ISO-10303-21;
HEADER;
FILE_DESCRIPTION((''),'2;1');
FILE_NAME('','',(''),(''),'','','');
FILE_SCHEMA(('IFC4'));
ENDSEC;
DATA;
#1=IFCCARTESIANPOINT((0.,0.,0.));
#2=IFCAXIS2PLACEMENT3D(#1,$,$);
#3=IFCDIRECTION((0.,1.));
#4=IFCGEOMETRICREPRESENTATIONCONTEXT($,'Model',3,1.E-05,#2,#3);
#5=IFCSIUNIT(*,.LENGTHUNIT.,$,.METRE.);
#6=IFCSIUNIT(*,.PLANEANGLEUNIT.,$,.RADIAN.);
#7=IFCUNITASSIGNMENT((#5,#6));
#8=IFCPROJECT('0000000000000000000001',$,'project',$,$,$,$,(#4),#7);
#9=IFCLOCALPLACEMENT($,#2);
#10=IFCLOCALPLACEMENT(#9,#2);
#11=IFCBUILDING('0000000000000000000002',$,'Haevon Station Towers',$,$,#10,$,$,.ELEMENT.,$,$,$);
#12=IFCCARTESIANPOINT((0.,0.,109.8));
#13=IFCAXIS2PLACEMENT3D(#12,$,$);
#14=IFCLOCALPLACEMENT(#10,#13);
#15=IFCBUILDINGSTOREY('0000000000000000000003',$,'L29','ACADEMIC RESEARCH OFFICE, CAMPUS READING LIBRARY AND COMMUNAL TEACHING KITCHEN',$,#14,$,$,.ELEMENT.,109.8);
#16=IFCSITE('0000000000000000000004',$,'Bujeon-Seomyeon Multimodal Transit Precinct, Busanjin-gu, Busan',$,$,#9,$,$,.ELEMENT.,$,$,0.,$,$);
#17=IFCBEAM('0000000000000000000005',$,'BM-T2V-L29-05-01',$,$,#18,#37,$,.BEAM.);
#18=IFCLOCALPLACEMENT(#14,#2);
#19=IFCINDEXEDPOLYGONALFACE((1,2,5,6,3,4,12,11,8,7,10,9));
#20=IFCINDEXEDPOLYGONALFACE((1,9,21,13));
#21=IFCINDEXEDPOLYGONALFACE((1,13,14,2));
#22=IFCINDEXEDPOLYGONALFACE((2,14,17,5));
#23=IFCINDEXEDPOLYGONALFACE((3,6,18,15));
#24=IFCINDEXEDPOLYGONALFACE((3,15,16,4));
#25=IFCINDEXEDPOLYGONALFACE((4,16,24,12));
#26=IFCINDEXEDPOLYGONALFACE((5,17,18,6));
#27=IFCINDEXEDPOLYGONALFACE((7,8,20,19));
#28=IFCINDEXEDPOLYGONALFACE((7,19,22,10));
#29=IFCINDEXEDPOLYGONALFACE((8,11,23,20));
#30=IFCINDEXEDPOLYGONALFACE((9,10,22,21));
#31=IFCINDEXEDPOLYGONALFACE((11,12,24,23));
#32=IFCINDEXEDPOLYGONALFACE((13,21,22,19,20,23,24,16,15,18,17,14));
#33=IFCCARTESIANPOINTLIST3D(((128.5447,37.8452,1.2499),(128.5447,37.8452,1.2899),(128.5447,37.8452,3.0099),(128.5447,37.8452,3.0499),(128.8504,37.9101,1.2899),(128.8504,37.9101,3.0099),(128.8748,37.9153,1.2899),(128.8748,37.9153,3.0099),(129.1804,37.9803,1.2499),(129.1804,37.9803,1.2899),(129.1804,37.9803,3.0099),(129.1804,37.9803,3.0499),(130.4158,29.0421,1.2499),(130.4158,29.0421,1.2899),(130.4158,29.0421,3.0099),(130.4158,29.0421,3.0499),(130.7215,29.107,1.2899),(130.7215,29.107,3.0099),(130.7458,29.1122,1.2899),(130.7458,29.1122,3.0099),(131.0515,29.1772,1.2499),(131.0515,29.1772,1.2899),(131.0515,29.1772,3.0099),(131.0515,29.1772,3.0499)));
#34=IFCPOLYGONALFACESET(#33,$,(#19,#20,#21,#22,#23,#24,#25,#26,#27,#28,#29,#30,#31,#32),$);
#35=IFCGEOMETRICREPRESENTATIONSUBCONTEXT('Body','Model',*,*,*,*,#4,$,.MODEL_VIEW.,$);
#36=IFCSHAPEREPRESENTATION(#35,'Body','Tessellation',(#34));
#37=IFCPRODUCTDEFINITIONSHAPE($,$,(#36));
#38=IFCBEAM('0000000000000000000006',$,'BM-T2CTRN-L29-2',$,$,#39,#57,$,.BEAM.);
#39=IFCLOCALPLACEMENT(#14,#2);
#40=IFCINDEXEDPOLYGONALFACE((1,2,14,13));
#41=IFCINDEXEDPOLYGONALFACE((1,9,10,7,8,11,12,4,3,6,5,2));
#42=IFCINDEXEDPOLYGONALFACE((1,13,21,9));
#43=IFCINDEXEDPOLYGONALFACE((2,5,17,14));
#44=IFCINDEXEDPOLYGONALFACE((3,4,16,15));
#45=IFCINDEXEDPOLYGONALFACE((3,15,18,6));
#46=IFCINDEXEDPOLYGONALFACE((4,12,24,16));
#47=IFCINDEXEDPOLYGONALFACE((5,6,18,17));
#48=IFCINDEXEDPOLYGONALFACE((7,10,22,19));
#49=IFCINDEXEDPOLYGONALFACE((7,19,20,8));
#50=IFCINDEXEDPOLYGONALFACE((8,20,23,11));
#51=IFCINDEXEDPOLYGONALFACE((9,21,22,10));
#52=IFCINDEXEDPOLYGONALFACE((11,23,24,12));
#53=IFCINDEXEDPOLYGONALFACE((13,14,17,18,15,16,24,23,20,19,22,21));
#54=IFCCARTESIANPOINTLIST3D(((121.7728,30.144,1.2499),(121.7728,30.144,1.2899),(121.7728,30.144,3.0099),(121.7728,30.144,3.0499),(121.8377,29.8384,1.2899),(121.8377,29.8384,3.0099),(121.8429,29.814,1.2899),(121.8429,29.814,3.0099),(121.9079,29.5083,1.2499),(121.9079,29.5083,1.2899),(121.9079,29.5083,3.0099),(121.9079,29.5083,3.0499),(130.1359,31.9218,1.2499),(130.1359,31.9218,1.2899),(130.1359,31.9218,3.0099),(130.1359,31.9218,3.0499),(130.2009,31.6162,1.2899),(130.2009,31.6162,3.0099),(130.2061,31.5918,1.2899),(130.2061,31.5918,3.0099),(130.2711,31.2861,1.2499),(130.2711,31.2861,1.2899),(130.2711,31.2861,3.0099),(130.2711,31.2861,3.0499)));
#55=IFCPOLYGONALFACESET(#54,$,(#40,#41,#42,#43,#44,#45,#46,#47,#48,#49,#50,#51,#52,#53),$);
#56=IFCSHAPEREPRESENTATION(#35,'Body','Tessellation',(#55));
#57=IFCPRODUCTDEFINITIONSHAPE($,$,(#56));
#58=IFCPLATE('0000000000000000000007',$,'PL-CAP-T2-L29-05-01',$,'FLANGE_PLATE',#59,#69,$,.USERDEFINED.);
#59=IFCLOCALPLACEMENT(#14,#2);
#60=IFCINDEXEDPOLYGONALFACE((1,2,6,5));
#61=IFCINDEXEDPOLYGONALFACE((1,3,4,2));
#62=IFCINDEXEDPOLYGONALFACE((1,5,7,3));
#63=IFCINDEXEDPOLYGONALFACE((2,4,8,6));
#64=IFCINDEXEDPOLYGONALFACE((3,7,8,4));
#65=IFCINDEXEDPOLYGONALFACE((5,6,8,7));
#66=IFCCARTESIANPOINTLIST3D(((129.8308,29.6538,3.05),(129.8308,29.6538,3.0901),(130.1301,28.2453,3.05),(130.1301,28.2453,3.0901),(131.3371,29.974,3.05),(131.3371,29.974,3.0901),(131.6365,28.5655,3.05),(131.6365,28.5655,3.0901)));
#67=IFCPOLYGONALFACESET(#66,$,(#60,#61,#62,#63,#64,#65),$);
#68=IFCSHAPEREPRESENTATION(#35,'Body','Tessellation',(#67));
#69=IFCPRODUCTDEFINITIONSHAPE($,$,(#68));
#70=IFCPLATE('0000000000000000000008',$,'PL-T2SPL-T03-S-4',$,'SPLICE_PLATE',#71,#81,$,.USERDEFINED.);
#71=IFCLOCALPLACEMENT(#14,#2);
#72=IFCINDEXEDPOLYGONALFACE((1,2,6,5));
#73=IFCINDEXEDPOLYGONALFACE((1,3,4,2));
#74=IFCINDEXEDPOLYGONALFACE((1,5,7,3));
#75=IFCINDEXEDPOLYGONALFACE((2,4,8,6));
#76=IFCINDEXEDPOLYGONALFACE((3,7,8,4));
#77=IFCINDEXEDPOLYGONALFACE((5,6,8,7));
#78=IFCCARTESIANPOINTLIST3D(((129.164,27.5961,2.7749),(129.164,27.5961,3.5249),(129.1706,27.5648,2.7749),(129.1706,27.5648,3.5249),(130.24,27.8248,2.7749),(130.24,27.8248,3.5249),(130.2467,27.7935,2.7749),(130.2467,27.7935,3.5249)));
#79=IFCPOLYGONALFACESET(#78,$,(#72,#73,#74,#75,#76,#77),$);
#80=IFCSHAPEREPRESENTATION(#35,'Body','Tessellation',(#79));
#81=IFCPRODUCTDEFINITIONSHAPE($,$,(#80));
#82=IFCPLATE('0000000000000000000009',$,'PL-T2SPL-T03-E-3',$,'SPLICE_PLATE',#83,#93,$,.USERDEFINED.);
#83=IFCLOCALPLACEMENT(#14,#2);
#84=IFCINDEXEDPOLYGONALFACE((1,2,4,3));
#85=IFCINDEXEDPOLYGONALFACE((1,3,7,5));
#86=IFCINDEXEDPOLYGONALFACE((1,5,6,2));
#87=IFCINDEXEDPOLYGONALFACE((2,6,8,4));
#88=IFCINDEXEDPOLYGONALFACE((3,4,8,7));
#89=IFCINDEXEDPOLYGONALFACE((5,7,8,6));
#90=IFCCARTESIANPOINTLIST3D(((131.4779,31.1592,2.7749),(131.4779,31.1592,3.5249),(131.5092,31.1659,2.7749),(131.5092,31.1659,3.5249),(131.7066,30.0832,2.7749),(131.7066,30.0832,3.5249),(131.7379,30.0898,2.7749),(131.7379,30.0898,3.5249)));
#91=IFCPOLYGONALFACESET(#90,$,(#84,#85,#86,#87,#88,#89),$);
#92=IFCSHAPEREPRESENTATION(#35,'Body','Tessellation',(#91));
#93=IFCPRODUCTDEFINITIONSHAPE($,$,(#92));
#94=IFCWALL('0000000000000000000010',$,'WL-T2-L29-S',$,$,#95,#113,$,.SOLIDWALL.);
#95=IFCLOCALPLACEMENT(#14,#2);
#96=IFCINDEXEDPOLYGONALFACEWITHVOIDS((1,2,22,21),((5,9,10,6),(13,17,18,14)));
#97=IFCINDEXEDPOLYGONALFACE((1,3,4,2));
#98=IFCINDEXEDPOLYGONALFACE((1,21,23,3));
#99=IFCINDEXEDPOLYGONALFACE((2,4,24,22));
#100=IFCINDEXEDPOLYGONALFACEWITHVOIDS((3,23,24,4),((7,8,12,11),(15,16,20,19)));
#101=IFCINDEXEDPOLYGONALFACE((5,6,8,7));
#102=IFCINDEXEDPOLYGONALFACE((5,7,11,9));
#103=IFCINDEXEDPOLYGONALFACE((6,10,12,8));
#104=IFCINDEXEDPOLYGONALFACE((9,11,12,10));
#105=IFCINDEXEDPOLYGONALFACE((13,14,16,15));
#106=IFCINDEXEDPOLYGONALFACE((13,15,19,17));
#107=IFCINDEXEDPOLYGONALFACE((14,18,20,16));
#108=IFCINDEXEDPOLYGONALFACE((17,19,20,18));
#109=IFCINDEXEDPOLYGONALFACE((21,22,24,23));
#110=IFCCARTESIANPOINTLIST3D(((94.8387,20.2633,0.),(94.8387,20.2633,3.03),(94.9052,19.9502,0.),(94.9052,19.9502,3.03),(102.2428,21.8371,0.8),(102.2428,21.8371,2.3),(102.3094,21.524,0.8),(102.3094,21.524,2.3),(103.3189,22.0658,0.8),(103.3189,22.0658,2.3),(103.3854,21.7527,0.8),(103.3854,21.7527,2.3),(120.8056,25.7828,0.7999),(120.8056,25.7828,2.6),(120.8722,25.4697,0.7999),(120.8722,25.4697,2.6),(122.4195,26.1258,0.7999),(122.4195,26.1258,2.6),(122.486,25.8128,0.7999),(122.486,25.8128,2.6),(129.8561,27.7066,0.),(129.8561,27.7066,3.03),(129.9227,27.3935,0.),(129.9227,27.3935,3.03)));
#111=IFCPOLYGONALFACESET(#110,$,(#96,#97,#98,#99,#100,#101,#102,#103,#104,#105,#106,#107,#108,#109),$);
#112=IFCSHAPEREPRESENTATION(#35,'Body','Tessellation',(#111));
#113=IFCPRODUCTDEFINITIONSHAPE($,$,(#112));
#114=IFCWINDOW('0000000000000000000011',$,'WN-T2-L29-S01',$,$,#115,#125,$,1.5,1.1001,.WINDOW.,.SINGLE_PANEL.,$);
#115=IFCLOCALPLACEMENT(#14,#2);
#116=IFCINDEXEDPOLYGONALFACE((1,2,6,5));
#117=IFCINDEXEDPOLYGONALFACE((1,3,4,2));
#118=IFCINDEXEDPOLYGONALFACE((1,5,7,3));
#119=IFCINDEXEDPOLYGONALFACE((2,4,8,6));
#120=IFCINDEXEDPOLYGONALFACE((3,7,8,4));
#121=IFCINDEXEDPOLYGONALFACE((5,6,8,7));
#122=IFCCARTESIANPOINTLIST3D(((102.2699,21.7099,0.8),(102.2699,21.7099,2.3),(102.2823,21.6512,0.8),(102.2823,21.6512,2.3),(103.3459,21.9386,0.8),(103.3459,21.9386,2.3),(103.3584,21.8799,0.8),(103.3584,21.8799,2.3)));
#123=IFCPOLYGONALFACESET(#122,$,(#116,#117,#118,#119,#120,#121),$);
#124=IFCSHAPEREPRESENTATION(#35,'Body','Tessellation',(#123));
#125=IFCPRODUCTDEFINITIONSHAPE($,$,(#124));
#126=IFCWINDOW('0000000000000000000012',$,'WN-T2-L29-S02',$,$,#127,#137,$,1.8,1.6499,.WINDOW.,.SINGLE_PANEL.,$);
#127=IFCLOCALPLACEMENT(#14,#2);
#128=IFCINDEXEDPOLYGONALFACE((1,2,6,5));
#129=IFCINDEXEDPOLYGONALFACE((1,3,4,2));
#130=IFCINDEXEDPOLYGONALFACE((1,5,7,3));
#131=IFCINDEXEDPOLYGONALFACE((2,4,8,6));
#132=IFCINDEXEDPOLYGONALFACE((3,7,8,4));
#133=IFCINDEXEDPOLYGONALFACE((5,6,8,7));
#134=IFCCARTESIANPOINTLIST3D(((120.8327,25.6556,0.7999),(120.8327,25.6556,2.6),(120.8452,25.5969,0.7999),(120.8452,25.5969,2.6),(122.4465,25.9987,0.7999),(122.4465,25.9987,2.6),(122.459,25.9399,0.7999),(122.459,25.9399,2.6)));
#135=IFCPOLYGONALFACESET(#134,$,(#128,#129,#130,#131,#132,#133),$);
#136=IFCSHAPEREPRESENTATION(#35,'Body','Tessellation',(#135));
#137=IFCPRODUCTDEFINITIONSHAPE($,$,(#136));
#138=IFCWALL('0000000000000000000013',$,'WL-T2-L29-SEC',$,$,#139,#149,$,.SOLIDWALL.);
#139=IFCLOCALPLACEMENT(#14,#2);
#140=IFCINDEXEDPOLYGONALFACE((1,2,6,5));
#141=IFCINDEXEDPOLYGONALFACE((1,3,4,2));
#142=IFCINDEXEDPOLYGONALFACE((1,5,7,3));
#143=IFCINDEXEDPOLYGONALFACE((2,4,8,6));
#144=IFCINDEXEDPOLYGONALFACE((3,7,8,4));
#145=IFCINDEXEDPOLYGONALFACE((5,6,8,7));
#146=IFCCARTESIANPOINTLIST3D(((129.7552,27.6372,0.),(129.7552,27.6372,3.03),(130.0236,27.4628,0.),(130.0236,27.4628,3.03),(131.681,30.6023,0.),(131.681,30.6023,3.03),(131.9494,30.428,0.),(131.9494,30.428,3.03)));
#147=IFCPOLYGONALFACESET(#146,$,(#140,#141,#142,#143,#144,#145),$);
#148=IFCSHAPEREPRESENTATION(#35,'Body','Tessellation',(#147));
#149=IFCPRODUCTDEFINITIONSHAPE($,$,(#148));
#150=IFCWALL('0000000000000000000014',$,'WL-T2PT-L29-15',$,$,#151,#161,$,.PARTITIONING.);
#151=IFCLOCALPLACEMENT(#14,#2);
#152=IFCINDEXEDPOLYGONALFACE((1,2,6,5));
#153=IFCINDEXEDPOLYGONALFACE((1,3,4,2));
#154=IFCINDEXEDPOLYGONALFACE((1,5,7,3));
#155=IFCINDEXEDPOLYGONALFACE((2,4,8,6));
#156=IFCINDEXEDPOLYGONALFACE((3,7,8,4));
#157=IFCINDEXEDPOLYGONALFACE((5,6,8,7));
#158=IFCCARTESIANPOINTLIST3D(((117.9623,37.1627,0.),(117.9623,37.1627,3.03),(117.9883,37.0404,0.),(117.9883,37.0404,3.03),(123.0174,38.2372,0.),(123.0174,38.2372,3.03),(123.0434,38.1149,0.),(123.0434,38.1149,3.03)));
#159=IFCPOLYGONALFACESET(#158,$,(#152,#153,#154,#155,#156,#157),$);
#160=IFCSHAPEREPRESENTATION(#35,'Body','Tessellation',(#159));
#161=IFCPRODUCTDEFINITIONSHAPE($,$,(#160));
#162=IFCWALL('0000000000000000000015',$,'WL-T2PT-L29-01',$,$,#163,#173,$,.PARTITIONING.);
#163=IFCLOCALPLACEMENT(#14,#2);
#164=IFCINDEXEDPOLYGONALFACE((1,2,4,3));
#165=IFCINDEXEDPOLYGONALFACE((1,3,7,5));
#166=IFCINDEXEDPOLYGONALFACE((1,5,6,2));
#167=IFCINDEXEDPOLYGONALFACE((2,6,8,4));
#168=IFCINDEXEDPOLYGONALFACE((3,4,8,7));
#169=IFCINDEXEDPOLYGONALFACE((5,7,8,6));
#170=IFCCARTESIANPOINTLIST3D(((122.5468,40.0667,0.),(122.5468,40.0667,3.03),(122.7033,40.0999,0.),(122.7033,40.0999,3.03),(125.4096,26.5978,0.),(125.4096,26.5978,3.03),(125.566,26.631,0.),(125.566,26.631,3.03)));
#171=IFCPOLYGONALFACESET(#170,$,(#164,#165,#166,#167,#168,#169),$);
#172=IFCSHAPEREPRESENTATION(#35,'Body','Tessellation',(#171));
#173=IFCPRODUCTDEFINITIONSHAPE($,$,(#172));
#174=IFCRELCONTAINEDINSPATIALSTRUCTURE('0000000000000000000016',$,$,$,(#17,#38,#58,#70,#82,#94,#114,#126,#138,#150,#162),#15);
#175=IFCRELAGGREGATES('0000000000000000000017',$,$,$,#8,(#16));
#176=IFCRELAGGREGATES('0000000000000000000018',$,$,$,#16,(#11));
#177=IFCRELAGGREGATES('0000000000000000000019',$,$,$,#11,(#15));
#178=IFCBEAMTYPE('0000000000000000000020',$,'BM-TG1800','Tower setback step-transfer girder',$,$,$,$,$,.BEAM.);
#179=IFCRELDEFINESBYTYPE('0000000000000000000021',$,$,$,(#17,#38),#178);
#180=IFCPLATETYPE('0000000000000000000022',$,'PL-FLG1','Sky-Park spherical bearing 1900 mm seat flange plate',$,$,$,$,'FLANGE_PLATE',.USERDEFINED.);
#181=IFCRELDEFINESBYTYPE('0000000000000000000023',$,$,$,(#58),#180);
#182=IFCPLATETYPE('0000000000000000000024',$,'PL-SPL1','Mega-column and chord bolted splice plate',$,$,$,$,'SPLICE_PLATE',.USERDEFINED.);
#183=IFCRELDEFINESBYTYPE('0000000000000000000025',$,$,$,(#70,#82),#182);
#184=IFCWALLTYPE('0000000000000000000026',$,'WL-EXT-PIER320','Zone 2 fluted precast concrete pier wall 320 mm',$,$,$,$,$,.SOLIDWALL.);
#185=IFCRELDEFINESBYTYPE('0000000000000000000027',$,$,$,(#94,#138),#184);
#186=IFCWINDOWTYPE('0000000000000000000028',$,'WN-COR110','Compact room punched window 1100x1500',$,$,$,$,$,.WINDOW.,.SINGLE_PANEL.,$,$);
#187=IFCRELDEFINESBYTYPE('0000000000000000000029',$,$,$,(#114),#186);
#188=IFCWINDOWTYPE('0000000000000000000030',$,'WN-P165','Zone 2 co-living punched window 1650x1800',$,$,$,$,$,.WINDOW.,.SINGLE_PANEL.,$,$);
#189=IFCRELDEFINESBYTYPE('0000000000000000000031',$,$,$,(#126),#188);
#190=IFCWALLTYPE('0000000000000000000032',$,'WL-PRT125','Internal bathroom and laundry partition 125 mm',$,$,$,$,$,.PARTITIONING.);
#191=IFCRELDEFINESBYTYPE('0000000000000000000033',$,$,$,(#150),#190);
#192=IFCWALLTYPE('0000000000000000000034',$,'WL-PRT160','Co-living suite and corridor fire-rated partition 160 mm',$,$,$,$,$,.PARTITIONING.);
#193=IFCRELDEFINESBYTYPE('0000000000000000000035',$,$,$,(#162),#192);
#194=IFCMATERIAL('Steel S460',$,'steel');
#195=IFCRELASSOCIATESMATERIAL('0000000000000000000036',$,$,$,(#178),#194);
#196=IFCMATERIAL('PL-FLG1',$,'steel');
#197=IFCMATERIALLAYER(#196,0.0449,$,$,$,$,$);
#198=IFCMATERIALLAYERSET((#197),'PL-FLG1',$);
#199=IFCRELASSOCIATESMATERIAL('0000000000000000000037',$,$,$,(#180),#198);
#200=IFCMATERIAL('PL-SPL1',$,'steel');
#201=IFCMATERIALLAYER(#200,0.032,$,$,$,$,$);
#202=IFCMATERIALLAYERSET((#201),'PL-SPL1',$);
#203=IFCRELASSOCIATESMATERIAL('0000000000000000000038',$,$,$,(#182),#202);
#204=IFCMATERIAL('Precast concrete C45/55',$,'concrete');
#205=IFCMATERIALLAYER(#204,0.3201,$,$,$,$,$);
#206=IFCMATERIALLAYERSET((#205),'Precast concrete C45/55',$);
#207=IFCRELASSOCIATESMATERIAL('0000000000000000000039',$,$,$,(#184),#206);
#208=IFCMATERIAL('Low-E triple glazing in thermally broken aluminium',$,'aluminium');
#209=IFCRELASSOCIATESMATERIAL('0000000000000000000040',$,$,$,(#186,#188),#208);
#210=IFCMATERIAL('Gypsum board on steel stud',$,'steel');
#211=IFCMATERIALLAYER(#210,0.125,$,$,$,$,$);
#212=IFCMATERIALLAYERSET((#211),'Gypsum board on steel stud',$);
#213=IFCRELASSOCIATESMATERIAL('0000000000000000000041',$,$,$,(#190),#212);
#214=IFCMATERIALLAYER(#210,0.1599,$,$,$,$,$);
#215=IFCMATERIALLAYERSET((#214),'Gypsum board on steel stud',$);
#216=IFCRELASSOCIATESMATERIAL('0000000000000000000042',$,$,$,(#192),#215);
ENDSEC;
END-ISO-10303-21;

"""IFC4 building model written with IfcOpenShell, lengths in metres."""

from ifc_helpers import new_model, si_unit, direction, frame, frame_2d, origin, origin_2d, place, context, subcontext, project, spatial, rectangle, i_section, extrude, material, layer, layer_set, material_profile, profile_set, type_object, element, fill, save


model = new_model("IFC4")

# Units and contexts
model_context = context("Model", 3, precision=1e-05, world=origin(), true_north=direction((0.0, 1.0)))
body_context = subcontext(model_context, "Body", "Model", "MODEL_VIEW")
ifc_project = project(units=[si_unit("LENGTHUNIT", "METRE"), si_unit("PLANEANGLEUNIT", "RADIAN")], contexts=[model_context])

# Site, building, storey
site_placement = place(None, origin())
site = spatial("IfcSite", under=ifc_project, at=site_placement, Name="Bujeon-Seomyeon Multimodal Transit Precinct, Busanjin-gu, Busan", CompositionType="ELEMENT", RefElevation=0.0)
building_placement = place(site_placement, origin())
building = spatial("IfcBuilding", under=site, at=building_placement, Name="Haevon Station Towers", CompositionType="ELEMENT")
storey_placement = place(building_placement, frame((0.0, 0.0, 109.8)))
storey = spatial("IfcBuildingStorey", under=building, at=storey_placement, Name="L29", Description="ACADEMIC RESEARCH OFFICE, CAMPUS READING LIBRARY AND COMMUNAL TEACHING KITCHEN", CompositionType="ELEMENT", Elevation=109.8)

# Shared definitions
ifc_material_1 = material(Name="Steel S460", Category="steel")

# Beams
ifc_material_profile_1 = material_profile(ifc_material_1, i_section(OverallWidth=0.6499, OverallDepth=1.8, WebThickness=0.0249, FlangeThickness=0.04, at=origin_2d()), Name="H-1800x650x25x40")
ifc_profile_set_1 = profile_set([ifc_material_profile_1], Name="Steel S460")
beam_type_1 = type_object("IfcBeamType", Name="BM-TG1800", Description="Tower setback step-transfer girder", PredefinedType="BEAM", material=ifc_profile_set_1)
beam_1_placement = place(storey_placement, frame((130.7336, 29.1096, 2.1499), z_axis=(-0.207902, 0.97815, 0.0), x_axis=(-0.97815, -0.207902, 0.0)))
element("IfcBeam", 1, at=beam_1_placement, inside=storey, type_object=beam_type_1, Name="BM-T2V-L29-05-01", PredefinedType="BEAM", context=body_context, shape_type="SweptSolid", body=[
    extrude(i_section(OverallWidth=0.6499, OverallDepth=1.8, WebThickness=0.0249, FlangeThickness=0.04, at=origin_2d()), origin(), (0.0, 0.0, 1.0), 8.9998),
])
beam_2_placement = place(storey_placement, frame((121.8403, 29.8262, 2.1499), z_axis=(0.978144, 0.20793, 0.0), x_axis=(-0.20793, 0.978144, 0.0)))
element("IfcBeam", 2, at=beam_2_placement, inside=storey, type_object=beam_type_1, Name="BM-T2CTRN-L29-2", PredefinedType="BEAM", context=body_context, shape_type="SweptSolid", body=[
    extrude(i_section(OverallWidth=0.6499, OverallDepth=1.8, WebThickness=0.0249, FlangeThickness=0.04, at=origin_2d()), origin(), (0.0, 0.0, 1.0), 8.55),
])

# Plates
ifc_material_2 = material(Name="PL-FLG1", Category="steel")
ifc_layer_1 = layer(ifc_material_2, 0.0449)
ifc_layer_set_1 = layer_set([ifc_layer_1], Name="PL-FLG1")
plate_type_1 = type_object("IfcPlateType", Name="PL-FLG1", Description="Sky-Park spherical bearing 1900 mm seat flange plate", ElementType="FLANGE_PLATE", PredefinedType="USERDEFINED", material=ifc_layer_set_1)
plate_placement = place(storey_placement, frame((130.7336, 29.1096, 3.05), z_axis=(0.0, 0.0, 1.0), x_axis=(0.978148, 0.207912, 0.0)))
element("IfcPlate", 3, at=plate_placement, inside=storey, type_object=plate_type_1, Name="PL-CAP-T2-L29-05-01", ObjectType="FLANGE_PLATE", PredefinedType="USERDEFINED", context=body_context, shape_type="SweptSolid", body=[
    extrude(rectangle(XDim=1.54, YDim=1.4399, at=origin_2d()), origin(), (0.0, 0.0, 1.0), 0.04),
])
ifc_material_3 = material(Name="PL-SPL1", Category="steel")
ifc_layer_2 = layer(ifc_material_3, 0.032)
ifc_layer_set_2 = layer_set([ifc_layer_2], Name="PL-SPL1")
plate_type_2 = type_object("IfcPlateType", Name="PL-SPL1", Description="Mega-column and chord bolted splice plate", ElementType="SPLICE_PLATE", PredefinedType="USERDEFINED", material=ifc_layer_set_2)
for number, where, z_axis, x_axis, name in (
    (4, (129.7053, 27.6948, 2.7749), (0.0, 0.0, 1.0), (0.978148, 0.207912, 0.0), "PL-T2SPL-T03-S-4"),
    (5, (131.6079, 30.6245, 2.7749), (0.0, 0.0, 1.0), (-0.207912, 0.978148, 0.0), "PL-T2SPL-T03-E-3"),
):
    element("IfcPlate", number, at=place(storey_placement, frame(where, z_axis=z_axis, x_axis=x_axis)), inside=storey, type_object=plate_type_2, Name=name, ObjectType="SPLICE_PLATE", PredefinedType="USERDEFINED", context=body_context, shape_type="SweptSolid", body=[
        extrude(rectangle(XDim=1.1001, YDim=0.032, at=origin_2d()), origin(), (0.0, 0.0, 1.0), 0.75),
    ])

# Wall, openings, windows
ifc_material_4 = material(Name="Precast concrete C45/55", Category="concrete")
ifc_layer_3 = layer(ifc_material_4, 0.3201)
ifc_layer_set_3 = layer_set([ifc_layer_3], Name="Precast concrete C45/55")
wall_type_1 = type_object("IfcWallType", Name="WL-EXT-PIER320", Description="Zone 2 fluted precast concrete pier wall 320 mm", PredefinedType="SOLIDWALL", material=ifc_layer_set_3)
wall_1_placement = place(storey_placement, frame((129.8894, 27.55, 0.0), z_axis=(0.0, 0.0, 1.0), x_axis=(-0.978147, -0.207916, 0.0)))
wall_1 = element("IfcWall", 6, at=wall_1_placement, inside=storey, type_object=wall_type_1, Name="WL-T2-L29-S", PredefinedType="SOLIDWALL", context=body_context, shape_type="SweptSolid", body=[
    extrude(rectangle(XDim=35.7998, YDim=0.3201, at=frame_2d((17.8999, 0.0))), origin(), (0.0, 0.0, 1.0), 3.03),
])
opening_1_placement = place(wall_1_placement, frame((27.1301, 0.0, 0.8)))
opening_1 = element("IfcOpeningElement", 7, at=opening_1_placement, cuts=wall_1, PredefinedType="OPENING", context=body_context, shape_type="SweptSolid", body=[
    extrude(rectangle(XDim=1.1001, YDim=1.5, at=frame_2d((0.55, 0.75))), frame((0.0, 0.1699, 0.0), z_axis=(0.0, -1.0, 0.0), x_axis=(1.0, 0.0, 0.0)), (0.0, 0.0, 1.0), 0.3401),
])
opening_2_placement = place(wall_1_placement, frame((7.6028, 0.0, 0.8)))
opening_2 = element("IfcOpeningElement", 8, at=opening_2_placement, cuts=wall_1, PredefinedType="OPENING", context=body_context, shape_type="SweptSolid", body=[
    extrude(rectangle(XDim=1.6499, YDim=1.8, at=frame_2d((0.825, 0.8999))), frame((0.0, 0.1699, 0.0), z_axis=(0.0, -1.0, 0.0), x_axis=(1.0, 0.0, 0.0)), (0.0, 0.0, 1.0), 0.3401),
])
ifc_material_5 = material(Name="Low-E triple glazing in thermally broken aluminium", Category="aluminium")
window_type_1 = type_object("IfcWindowType", Name="WN-COR110", Description="Compact room punched window 1100x1500", PartitioningType="SINGLE_PANEL", PredefinedType="WINDOW", material=ifc_material_5)
window_1_placement = place(opening_1_placement, origin())
window_1 = element("IfcWindow", 9, at=window_1_placement, inside=storey, type_object=window_type_1, Name="WN-T2-L29-S01", OverallHeight=1.5, OverallWidth=1.1001, PartitioningType="SINGLE_PANEL", PredefinedType="WINDOW", context=body_context, shape_type="SweptSolid", body=[
    extrude(rectangle(XDim=1.1001, YDim=1.5, at=frame_2d((0.55, 0.75))), frame((0.0, 0.03, 0.0), z_axis=(0.0, -1.0, 0.0), x_axis=(1.0, 0.0, 0.0)), (0.0, 0.0, 1.0), 0.0601),
])
fill(opening_1, window_1)
window_type_2 = type_object("IfcWindowType", Name="WN-P165", Description="Zone 2 co-living punched window 1650x1800", PartitioningType="SINGLE_PANEL", PredefinedType="WINDOW", material=ifc_material_5)
window_2_placement = place(opening_2_placement, origin())
window_2 = element("IfcWindow", 10, at=window_2_placement, inside=storey, type_object=window_type_2, Name="WN-T2-L29-S02", OverallHeight=1.8, OverallWidth=1.6499, PartitioningType="SINGLE_PANEL", PredefinedType="WINDOW", context=body_context, shape_type="SweptSolid", body=[
    extrude(rectangle(XDim=1.6499, YDim=1.8, at=frame_2d((0.825, 0.8999))), frame((0.0, 0.03, 0.0), z_axis=(0.0, -1.0, 0.0), x_axis=(1.0, 0.0, 0.0)), (0.0, 0.0, 1.0), 0.0601),
])
fill(opening_2, window_2)

# Walls
wall_2_placement = place(storey_placement, frame((131.8152, 30.5151, 0.0), z_axis=(0.0, 0.0, 1.0), x_axis=(-0.544685, -0.838641, 0.0)))
element("IfcWall", 11, at=wall_2_placement, inside=storey, type_object=wall_type_1, Name="WL-T2-L29-SEC", PredefinedType="SOLIDWALL", context=body_context, shape_type="SweptSolid", body=[
    extrude(rectangle(XDim=3.5356, YDim=0.3201, at=frame_2d((1.7678, 0.0))), origin(), (0.0, 0.0, 1.0), 3.03),
])
ifc_material_6 = material(Name="Gypsum board on steel stud", Category="steel")
ifc_layer_4 = layer(ifc_material_6, 0.125)
ifc_layer_set_4 = layer_set([ifc_layer_4], Name="Gypsum board on steel stud")
wall_type_2 = type_object("IfcWallType", Name="WL-PRT125", Description="Internal bathroom and laundry partition 125 mm", PredefinedType="PARTITIONING", material=ifc_layer_set_4)
wall_3_placement = place(storey_placement, frame((117.9753, 37.1016, 0.0), z_axis=(0.0, 0.0, 1.0), x_axis=(0.978147, 0.207912, 0.0)))
element("IfcWall", 12, at=wall_3_placement, inside=storey, type_object=wall_type_2, Name="WL-T2PT-L29-15", PredefinedType="PARTITIONING", context=body_context, shape_type="SweptSolid", body=[
    extrude(rectangle(XDim=5.168, YDim=0.125, at=frame_2d((2.584, 0.0))), origin(), (0.0, 0.0, 1.0), 3.03),
])
ifc_layer_5 = layer(ifc_material_6, 0.1599)
ifc_layer_set_5 = layer_set([ifc_layer_5], Name="Gypsum board on steel stud")
wall_type_3 = type_object("IfcWallType", Name="WL-PRT160", Description="Co-living suite and corridor fire-rated partition 160 mm", PredefinedType="PARTITIONING", material=ifc_layer_set_5)
wall_4_placement = place(storey_placement, frame((125.4878, 26.6145, 0.0), z_axis=(0.0, 0.0, 1.0), x_axis=(-0.207903, 0.97815, 0.0)))
element("IfcWall", 13, at=wall_4_placement, inside=storey, type_object=wall_type_3, Name="WL-T2PT-L29-01", PredefinedType="PARTITIONING", context=body_context, shape_type="SweptSolid", body=[
    extrude(rectangle(XDim=13.7698, YDim=0.1599, at=frame_2d((6.8848, 0.0))), origin(), (0.0, 0.0, 1.0), 3.03),
])

save(model, "model.ifc")
